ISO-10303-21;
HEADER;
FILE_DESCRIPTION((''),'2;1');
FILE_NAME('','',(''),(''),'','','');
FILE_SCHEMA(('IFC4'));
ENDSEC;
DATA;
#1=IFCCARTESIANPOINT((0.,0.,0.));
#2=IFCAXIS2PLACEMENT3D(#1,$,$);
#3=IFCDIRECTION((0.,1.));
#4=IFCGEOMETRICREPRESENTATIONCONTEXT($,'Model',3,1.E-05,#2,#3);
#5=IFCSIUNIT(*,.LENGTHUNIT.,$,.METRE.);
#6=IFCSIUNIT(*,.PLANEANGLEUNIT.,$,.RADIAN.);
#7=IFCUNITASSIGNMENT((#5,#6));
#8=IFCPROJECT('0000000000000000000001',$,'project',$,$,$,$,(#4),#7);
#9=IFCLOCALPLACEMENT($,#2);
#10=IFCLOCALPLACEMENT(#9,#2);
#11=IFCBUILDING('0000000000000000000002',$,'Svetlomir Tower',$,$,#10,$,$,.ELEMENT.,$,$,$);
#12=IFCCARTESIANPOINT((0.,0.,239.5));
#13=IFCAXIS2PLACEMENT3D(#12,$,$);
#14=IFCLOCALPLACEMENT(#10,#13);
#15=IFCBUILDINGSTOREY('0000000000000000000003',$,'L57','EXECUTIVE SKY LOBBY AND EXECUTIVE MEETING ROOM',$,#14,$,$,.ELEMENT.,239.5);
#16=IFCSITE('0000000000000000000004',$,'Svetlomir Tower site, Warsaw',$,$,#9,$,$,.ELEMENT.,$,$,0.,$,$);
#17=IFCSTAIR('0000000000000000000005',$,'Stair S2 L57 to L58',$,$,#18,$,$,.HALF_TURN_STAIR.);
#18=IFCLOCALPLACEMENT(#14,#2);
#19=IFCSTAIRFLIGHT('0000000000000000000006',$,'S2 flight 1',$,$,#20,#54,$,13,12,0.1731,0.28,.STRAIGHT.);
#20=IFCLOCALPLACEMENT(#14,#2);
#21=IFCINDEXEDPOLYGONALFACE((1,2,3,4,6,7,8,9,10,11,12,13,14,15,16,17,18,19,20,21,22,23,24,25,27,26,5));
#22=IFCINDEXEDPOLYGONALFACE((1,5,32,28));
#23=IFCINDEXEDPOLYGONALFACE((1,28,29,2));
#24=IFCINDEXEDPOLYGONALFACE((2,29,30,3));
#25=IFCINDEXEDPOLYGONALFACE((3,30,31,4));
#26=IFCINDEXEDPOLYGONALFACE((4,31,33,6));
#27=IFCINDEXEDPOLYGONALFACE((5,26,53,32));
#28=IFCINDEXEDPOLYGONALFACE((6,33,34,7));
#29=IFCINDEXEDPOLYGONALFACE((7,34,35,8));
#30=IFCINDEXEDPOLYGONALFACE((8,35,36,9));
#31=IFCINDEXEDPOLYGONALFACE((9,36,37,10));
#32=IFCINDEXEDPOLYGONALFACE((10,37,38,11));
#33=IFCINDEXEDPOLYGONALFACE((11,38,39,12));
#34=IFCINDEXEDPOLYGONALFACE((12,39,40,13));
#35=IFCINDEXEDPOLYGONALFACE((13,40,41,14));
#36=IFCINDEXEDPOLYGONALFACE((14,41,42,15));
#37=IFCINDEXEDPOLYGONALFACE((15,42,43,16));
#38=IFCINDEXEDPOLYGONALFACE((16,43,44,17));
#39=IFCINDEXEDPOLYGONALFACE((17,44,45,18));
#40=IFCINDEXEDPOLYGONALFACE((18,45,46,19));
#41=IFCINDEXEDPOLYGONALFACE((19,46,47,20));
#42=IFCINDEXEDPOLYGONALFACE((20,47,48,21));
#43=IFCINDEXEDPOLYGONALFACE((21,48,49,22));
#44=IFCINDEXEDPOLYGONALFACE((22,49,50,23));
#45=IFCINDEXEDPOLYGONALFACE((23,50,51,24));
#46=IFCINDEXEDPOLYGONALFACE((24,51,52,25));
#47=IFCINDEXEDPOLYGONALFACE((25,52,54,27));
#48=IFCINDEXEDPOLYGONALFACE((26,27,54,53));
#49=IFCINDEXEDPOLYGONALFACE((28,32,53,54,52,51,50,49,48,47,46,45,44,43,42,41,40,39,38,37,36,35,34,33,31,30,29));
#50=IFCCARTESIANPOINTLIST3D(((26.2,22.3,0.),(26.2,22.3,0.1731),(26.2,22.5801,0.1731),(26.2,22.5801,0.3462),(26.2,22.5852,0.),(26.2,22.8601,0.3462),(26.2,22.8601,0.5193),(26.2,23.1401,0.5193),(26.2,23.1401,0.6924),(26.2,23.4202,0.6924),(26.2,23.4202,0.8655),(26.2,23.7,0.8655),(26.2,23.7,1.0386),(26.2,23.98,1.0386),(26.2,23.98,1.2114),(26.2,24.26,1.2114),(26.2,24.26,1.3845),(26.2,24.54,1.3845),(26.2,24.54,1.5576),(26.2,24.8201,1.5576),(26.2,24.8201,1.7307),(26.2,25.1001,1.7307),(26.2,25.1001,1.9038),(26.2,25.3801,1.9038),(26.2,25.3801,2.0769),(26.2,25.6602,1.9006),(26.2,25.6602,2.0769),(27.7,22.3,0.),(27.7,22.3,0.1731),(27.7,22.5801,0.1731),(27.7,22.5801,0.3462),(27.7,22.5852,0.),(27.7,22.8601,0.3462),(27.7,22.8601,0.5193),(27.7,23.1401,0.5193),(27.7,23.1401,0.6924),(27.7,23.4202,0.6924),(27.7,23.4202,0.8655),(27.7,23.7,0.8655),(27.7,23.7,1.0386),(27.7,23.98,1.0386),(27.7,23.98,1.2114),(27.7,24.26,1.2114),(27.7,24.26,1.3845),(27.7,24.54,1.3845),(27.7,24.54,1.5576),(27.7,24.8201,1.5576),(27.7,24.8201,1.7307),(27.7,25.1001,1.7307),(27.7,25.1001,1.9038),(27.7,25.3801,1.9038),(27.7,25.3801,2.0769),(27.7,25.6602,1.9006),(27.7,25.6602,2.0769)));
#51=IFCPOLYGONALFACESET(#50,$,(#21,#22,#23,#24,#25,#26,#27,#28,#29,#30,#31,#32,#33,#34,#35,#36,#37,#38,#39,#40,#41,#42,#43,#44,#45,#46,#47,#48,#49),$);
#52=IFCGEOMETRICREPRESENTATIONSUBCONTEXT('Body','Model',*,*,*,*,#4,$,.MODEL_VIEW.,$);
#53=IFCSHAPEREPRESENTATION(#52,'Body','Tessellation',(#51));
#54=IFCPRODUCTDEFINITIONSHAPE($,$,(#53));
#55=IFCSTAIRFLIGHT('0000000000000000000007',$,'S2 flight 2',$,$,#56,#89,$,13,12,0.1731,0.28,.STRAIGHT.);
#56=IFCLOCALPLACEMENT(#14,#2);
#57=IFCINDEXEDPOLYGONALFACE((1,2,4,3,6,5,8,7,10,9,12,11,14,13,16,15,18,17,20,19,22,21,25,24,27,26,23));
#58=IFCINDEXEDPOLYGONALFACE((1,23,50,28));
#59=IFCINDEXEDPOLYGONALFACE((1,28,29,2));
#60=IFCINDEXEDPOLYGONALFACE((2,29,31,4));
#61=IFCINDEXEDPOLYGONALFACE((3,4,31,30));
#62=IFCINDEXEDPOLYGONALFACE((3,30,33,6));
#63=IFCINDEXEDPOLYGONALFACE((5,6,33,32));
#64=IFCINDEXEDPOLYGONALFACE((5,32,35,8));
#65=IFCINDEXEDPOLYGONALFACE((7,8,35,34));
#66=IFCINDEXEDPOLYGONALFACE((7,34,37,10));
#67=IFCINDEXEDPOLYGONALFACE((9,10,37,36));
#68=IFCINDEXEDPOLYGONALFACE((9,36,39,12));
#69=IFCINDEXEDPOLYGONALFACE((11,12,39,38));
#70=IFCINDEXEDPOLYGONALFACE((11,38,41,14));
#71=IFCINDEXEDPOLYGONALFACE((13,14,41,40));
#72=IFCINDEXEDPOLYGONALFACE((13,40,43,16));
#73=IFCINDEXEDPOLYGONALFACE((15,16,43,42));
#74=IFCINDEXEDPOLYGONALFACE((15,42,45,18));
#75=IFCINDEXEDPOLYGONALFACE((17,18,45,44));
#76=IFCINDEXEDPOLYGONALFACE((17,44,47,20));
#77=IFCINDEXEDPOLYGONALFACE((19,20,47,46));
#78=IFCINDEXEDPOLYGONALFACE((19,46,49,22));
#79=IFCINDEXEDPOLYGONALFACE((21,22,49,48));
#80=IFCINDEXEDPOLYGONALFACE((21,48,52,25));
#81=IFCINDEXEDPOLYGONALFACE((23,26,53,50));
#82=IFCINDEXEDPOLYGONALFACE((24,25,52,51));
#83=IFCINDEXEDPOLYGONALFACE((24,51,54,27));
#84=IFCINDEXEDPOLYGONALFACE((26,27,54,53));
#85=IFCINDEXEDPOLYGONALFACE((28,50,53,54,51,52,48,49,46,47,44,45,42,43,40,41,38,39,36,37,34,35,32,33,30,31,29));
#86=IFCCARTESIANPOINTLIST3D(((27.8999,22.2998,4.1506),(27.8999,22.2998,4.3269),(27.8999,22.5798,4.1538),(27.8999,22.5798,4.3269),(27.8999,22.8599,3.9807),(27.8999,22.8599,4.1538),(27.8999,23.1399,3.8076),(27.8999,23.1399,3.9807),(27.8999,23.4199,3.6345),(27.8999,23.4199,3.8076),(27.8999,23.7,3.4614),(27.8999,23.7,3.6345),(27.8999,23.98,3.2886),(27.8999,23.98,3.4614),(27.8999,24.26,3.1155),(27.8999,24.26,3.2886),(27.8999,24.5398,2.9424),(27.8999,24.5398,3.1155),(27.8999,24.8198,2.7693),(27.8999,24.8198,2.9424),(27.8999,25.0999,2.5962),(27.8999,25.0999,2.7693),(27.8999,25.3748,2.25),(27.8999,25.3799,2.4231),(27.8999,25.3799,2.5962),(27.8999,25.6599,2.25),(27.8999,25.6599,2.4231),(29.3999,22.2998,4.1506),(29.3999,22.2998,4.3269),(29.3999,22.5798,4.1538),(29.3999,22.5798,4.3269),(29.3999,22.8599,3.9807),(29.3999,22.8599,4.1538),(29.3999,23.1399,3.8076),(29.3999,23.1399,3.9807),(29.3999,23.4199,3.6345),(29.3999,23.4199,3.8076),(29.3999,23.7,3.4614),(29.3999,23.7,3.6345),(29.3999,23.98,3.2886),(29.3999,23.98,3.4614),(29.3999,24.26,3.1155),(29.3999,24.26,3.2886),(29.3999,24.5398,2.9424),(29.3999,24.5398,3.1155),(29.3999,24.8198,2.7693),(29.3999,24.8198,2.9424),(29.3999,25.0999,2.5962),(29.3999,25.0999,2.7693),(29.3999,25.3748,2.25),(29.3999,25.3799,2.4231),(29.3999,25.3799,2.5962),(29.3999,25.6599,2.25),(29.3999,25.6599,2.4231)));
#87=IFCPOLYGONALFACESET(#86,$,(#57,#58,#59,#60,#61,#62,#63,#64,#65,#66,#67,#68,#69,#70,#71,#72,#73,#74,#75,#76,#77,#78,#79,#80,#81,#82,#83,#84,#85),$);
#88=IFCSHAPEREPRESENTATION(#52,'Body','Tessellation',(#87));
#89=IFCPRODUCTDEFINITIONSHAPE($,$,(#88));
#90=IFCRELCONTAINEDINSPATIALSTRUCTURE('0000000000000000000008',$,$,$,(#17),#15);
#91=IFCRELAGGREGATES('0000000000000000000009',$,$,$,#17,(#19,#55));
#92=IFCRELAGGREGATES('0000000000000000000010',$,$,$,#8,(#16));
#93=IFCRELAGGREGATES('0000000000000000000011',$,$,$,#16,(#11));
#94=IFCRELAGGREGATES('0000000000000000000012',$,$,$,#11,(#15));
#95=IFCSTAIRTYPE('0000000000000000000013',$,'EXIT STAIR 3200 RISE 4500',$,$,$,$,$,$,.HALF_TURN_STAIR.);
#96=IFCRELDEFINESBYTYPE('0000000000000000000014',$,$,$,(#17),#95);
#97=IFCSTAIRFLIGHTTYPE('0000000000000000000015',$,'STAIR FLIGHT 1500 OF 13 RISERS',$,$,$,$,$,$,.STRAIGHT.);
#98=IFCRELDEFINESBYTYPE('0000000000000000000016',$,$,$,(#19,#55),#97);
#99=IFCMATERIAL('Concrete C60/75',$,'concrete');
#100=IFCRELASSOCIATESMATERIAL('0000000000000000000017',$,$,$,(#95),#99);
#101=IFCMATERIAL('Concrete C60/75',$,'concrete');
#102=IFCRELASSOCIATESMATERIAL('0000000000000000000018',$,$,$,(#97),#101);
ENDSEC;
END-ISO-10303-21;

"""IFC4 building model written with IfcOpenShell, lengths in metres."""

from ifc_helpers import new_model, si_unit, direction, frame, origin, place, context, subcontext, project, spatial, polyline, outline, extrude, material, type_object, element, aggregate, save


model = new_model("IFC4")

# Units and contexts
model_context = context("Model", 3, precision=1e-05, world=origin(), true_north=direction((0.0, 1.0)))
body_context = subcontext(model_context, "Body", "Model", "MODEL_VIEW")
ifc_project = project(units=[si_unit("LENGTHUNIT", "METRE"), si_unit("PLANEANGLEUNIT", "RADIAN")], contexts=[model_context])

# Site, building, storey
site_placement = place(None, origin())
site = spatial("IfcSite", under=ifc_project, at=site_placement, Name="Svetlomir Tower site, Warsaw", CompositionType="ELEMENT", RefElevation=0.0)
building_placement = place(site_placement, origin())
building = spatial("IfcBuilding", under=site, at=building_placement, Name="Svetlomir Tower", CompositionType="ELEMENT")
storey_placement = place(building_placement, frame((0.0, 0.0, 239.5)))
storey = spatial("IfcBuildingStorey", under=building, at=storey_placement, Name="L57", Description="EXECUTIVE SKY LOBBY AND EXECUTIVE MEETING ROOM", CompositionType="ELEMENT", Elevation=239.5)

# Stair, stair flights
ifc_material_1 = material(Name="Concrete C60/75", Category="concrete")
stair_type = type_object("IfcStairType", Name="EXIT STAIR 3200 RISE 4500", PredefinedType="HALF_TURN_STAIR", material=ifc_material_1)
stair_placement = place(storey_placement, origin())
stair = element("IfcStair", 1, at=stair_placement, inside=storey, type_object=stair_type, Name="Stair S2 L57 to L58", PredefinedType="HALF_TURN_STAIR")
ifc_material_2 = material(Name="Concrete C60/75", Category="concrete")
stair_flight_type = type_object("IfcStairFlightType", Name="STAIR FLIGHT 1500 OF 13 RISERS", PredefinedType="STRAIGHT", material=ifc_material_2)
stair_flight_1_placement = place(storey_placement, frame((26.95, 22.3, 0.0), z_axis=(0.0, 0.0, 1.0), x_axis=(0.0, 1.0, 0.0)))
stair_flight_1 = element("IfcStairFlight", 2, at=stair_flight_1_placement, type_object=stair_flight_type, Name="S2 flight 1", NumberOfRisers=13, NumberOfTreads=12, PredefinedType="STRAIGHT", RiserHeight=0.1731, TreadLength=0.28, context=body_context, shape_type="SweptSolid", body=[
    extrude(outline(polyline([(0.0, 0.0), (0.0, 0.1731), (0.28, 0.1731), (0.28, 0.3462), (0.5601, 0.3462), (0.5601, 0.5193), (0.8401, 0.5193), (0.8401, 0.6924), (1.1201, 0.6924), (1.1201, 0.8655), (1.3999, 0.8655), (1.3999, 1.0386), (1.6799, 1.0386), (1.6799, 1.2114), (1.96, 1.2114), (1.96, 1.3845), (2.24, 1.3845), (2.24, 1.5576), (2.52, 1.5576), (2.52, 1.7307), (2.8, 1.7307), (2.8, 1.9038), (3.0801, 1.9038), (3.0801, 2.0769), (3.3601, 2.0769), (3.3601, 2.25), (3.3601, 1.9006), (0.2852, 0.0), (0.0, 0.0)])), frame((0.0, 0.75, 0.0), z_axis=(0.0, -1.0, 0.0), x_axis=(1.0, 0.0, 0.0)), (0.0, 0.0, 1.0), 1.5),
])
stair_flight_2_placement = place(storey_placement, frame((28.6499, 25.6599, 2.25), z_axis=(0.0, 0.0, 1.0), x_axis=(0.0, -1.0, 0.0)))
stair_flight_2 = element("IfcStairFlight", 3, at=stair_flight_2_placement, type_object=stair_flight_type, Name="S2 flight 2", NumberOfRisers=13, NumberOfTreads=12, PredefinedType="STRAIGHT", RiserHeight=0.1731, TreadLength=0.28, context=body_context, shape_type="SweptSolid", body=[
    extrude(outline(polyline([(0.0, 0.0), (0.0, 0.1731), (0.28, 0.1731), (0.28, 0.3462), (0.5601, 0.3462), (0.5601, 0.5193), (0.8401, 0.5193), (0.8401, 0.6924), (1.1201, 0.6924), (1.1201, 0.8655), (1.3999, 0.8655), (1.3999, 1.0386), (1.6799, 1.0386), (1.6799, 1.2114), (1.96, 1.2114), (1.96, 1.3845), (2.24, 1.3845), (2.24, 1.5576), (2.52, 1.5576), (2.52, 1.7307), (2.8, 1.7307), (2.8, 1.9038), (3.0801, 1.9038), (3.0801, 2.0769), (3.3601, 2.0769), (3.3601, 2.25), (3.3601, 1.9006), (0.2852, 0.0), (0.0, 0.0)])), frame((0.0, 0.75, 0.0), z_axis=(0.0, -1.0, 0.0), x_axis=(1.0, 0.0, 0.0)), (0.0, 0.0, 1.0), 1.5),
])
aggregate(stair, [stair_flight_1, stair_flight_2])

save(model, "model.ifc")
